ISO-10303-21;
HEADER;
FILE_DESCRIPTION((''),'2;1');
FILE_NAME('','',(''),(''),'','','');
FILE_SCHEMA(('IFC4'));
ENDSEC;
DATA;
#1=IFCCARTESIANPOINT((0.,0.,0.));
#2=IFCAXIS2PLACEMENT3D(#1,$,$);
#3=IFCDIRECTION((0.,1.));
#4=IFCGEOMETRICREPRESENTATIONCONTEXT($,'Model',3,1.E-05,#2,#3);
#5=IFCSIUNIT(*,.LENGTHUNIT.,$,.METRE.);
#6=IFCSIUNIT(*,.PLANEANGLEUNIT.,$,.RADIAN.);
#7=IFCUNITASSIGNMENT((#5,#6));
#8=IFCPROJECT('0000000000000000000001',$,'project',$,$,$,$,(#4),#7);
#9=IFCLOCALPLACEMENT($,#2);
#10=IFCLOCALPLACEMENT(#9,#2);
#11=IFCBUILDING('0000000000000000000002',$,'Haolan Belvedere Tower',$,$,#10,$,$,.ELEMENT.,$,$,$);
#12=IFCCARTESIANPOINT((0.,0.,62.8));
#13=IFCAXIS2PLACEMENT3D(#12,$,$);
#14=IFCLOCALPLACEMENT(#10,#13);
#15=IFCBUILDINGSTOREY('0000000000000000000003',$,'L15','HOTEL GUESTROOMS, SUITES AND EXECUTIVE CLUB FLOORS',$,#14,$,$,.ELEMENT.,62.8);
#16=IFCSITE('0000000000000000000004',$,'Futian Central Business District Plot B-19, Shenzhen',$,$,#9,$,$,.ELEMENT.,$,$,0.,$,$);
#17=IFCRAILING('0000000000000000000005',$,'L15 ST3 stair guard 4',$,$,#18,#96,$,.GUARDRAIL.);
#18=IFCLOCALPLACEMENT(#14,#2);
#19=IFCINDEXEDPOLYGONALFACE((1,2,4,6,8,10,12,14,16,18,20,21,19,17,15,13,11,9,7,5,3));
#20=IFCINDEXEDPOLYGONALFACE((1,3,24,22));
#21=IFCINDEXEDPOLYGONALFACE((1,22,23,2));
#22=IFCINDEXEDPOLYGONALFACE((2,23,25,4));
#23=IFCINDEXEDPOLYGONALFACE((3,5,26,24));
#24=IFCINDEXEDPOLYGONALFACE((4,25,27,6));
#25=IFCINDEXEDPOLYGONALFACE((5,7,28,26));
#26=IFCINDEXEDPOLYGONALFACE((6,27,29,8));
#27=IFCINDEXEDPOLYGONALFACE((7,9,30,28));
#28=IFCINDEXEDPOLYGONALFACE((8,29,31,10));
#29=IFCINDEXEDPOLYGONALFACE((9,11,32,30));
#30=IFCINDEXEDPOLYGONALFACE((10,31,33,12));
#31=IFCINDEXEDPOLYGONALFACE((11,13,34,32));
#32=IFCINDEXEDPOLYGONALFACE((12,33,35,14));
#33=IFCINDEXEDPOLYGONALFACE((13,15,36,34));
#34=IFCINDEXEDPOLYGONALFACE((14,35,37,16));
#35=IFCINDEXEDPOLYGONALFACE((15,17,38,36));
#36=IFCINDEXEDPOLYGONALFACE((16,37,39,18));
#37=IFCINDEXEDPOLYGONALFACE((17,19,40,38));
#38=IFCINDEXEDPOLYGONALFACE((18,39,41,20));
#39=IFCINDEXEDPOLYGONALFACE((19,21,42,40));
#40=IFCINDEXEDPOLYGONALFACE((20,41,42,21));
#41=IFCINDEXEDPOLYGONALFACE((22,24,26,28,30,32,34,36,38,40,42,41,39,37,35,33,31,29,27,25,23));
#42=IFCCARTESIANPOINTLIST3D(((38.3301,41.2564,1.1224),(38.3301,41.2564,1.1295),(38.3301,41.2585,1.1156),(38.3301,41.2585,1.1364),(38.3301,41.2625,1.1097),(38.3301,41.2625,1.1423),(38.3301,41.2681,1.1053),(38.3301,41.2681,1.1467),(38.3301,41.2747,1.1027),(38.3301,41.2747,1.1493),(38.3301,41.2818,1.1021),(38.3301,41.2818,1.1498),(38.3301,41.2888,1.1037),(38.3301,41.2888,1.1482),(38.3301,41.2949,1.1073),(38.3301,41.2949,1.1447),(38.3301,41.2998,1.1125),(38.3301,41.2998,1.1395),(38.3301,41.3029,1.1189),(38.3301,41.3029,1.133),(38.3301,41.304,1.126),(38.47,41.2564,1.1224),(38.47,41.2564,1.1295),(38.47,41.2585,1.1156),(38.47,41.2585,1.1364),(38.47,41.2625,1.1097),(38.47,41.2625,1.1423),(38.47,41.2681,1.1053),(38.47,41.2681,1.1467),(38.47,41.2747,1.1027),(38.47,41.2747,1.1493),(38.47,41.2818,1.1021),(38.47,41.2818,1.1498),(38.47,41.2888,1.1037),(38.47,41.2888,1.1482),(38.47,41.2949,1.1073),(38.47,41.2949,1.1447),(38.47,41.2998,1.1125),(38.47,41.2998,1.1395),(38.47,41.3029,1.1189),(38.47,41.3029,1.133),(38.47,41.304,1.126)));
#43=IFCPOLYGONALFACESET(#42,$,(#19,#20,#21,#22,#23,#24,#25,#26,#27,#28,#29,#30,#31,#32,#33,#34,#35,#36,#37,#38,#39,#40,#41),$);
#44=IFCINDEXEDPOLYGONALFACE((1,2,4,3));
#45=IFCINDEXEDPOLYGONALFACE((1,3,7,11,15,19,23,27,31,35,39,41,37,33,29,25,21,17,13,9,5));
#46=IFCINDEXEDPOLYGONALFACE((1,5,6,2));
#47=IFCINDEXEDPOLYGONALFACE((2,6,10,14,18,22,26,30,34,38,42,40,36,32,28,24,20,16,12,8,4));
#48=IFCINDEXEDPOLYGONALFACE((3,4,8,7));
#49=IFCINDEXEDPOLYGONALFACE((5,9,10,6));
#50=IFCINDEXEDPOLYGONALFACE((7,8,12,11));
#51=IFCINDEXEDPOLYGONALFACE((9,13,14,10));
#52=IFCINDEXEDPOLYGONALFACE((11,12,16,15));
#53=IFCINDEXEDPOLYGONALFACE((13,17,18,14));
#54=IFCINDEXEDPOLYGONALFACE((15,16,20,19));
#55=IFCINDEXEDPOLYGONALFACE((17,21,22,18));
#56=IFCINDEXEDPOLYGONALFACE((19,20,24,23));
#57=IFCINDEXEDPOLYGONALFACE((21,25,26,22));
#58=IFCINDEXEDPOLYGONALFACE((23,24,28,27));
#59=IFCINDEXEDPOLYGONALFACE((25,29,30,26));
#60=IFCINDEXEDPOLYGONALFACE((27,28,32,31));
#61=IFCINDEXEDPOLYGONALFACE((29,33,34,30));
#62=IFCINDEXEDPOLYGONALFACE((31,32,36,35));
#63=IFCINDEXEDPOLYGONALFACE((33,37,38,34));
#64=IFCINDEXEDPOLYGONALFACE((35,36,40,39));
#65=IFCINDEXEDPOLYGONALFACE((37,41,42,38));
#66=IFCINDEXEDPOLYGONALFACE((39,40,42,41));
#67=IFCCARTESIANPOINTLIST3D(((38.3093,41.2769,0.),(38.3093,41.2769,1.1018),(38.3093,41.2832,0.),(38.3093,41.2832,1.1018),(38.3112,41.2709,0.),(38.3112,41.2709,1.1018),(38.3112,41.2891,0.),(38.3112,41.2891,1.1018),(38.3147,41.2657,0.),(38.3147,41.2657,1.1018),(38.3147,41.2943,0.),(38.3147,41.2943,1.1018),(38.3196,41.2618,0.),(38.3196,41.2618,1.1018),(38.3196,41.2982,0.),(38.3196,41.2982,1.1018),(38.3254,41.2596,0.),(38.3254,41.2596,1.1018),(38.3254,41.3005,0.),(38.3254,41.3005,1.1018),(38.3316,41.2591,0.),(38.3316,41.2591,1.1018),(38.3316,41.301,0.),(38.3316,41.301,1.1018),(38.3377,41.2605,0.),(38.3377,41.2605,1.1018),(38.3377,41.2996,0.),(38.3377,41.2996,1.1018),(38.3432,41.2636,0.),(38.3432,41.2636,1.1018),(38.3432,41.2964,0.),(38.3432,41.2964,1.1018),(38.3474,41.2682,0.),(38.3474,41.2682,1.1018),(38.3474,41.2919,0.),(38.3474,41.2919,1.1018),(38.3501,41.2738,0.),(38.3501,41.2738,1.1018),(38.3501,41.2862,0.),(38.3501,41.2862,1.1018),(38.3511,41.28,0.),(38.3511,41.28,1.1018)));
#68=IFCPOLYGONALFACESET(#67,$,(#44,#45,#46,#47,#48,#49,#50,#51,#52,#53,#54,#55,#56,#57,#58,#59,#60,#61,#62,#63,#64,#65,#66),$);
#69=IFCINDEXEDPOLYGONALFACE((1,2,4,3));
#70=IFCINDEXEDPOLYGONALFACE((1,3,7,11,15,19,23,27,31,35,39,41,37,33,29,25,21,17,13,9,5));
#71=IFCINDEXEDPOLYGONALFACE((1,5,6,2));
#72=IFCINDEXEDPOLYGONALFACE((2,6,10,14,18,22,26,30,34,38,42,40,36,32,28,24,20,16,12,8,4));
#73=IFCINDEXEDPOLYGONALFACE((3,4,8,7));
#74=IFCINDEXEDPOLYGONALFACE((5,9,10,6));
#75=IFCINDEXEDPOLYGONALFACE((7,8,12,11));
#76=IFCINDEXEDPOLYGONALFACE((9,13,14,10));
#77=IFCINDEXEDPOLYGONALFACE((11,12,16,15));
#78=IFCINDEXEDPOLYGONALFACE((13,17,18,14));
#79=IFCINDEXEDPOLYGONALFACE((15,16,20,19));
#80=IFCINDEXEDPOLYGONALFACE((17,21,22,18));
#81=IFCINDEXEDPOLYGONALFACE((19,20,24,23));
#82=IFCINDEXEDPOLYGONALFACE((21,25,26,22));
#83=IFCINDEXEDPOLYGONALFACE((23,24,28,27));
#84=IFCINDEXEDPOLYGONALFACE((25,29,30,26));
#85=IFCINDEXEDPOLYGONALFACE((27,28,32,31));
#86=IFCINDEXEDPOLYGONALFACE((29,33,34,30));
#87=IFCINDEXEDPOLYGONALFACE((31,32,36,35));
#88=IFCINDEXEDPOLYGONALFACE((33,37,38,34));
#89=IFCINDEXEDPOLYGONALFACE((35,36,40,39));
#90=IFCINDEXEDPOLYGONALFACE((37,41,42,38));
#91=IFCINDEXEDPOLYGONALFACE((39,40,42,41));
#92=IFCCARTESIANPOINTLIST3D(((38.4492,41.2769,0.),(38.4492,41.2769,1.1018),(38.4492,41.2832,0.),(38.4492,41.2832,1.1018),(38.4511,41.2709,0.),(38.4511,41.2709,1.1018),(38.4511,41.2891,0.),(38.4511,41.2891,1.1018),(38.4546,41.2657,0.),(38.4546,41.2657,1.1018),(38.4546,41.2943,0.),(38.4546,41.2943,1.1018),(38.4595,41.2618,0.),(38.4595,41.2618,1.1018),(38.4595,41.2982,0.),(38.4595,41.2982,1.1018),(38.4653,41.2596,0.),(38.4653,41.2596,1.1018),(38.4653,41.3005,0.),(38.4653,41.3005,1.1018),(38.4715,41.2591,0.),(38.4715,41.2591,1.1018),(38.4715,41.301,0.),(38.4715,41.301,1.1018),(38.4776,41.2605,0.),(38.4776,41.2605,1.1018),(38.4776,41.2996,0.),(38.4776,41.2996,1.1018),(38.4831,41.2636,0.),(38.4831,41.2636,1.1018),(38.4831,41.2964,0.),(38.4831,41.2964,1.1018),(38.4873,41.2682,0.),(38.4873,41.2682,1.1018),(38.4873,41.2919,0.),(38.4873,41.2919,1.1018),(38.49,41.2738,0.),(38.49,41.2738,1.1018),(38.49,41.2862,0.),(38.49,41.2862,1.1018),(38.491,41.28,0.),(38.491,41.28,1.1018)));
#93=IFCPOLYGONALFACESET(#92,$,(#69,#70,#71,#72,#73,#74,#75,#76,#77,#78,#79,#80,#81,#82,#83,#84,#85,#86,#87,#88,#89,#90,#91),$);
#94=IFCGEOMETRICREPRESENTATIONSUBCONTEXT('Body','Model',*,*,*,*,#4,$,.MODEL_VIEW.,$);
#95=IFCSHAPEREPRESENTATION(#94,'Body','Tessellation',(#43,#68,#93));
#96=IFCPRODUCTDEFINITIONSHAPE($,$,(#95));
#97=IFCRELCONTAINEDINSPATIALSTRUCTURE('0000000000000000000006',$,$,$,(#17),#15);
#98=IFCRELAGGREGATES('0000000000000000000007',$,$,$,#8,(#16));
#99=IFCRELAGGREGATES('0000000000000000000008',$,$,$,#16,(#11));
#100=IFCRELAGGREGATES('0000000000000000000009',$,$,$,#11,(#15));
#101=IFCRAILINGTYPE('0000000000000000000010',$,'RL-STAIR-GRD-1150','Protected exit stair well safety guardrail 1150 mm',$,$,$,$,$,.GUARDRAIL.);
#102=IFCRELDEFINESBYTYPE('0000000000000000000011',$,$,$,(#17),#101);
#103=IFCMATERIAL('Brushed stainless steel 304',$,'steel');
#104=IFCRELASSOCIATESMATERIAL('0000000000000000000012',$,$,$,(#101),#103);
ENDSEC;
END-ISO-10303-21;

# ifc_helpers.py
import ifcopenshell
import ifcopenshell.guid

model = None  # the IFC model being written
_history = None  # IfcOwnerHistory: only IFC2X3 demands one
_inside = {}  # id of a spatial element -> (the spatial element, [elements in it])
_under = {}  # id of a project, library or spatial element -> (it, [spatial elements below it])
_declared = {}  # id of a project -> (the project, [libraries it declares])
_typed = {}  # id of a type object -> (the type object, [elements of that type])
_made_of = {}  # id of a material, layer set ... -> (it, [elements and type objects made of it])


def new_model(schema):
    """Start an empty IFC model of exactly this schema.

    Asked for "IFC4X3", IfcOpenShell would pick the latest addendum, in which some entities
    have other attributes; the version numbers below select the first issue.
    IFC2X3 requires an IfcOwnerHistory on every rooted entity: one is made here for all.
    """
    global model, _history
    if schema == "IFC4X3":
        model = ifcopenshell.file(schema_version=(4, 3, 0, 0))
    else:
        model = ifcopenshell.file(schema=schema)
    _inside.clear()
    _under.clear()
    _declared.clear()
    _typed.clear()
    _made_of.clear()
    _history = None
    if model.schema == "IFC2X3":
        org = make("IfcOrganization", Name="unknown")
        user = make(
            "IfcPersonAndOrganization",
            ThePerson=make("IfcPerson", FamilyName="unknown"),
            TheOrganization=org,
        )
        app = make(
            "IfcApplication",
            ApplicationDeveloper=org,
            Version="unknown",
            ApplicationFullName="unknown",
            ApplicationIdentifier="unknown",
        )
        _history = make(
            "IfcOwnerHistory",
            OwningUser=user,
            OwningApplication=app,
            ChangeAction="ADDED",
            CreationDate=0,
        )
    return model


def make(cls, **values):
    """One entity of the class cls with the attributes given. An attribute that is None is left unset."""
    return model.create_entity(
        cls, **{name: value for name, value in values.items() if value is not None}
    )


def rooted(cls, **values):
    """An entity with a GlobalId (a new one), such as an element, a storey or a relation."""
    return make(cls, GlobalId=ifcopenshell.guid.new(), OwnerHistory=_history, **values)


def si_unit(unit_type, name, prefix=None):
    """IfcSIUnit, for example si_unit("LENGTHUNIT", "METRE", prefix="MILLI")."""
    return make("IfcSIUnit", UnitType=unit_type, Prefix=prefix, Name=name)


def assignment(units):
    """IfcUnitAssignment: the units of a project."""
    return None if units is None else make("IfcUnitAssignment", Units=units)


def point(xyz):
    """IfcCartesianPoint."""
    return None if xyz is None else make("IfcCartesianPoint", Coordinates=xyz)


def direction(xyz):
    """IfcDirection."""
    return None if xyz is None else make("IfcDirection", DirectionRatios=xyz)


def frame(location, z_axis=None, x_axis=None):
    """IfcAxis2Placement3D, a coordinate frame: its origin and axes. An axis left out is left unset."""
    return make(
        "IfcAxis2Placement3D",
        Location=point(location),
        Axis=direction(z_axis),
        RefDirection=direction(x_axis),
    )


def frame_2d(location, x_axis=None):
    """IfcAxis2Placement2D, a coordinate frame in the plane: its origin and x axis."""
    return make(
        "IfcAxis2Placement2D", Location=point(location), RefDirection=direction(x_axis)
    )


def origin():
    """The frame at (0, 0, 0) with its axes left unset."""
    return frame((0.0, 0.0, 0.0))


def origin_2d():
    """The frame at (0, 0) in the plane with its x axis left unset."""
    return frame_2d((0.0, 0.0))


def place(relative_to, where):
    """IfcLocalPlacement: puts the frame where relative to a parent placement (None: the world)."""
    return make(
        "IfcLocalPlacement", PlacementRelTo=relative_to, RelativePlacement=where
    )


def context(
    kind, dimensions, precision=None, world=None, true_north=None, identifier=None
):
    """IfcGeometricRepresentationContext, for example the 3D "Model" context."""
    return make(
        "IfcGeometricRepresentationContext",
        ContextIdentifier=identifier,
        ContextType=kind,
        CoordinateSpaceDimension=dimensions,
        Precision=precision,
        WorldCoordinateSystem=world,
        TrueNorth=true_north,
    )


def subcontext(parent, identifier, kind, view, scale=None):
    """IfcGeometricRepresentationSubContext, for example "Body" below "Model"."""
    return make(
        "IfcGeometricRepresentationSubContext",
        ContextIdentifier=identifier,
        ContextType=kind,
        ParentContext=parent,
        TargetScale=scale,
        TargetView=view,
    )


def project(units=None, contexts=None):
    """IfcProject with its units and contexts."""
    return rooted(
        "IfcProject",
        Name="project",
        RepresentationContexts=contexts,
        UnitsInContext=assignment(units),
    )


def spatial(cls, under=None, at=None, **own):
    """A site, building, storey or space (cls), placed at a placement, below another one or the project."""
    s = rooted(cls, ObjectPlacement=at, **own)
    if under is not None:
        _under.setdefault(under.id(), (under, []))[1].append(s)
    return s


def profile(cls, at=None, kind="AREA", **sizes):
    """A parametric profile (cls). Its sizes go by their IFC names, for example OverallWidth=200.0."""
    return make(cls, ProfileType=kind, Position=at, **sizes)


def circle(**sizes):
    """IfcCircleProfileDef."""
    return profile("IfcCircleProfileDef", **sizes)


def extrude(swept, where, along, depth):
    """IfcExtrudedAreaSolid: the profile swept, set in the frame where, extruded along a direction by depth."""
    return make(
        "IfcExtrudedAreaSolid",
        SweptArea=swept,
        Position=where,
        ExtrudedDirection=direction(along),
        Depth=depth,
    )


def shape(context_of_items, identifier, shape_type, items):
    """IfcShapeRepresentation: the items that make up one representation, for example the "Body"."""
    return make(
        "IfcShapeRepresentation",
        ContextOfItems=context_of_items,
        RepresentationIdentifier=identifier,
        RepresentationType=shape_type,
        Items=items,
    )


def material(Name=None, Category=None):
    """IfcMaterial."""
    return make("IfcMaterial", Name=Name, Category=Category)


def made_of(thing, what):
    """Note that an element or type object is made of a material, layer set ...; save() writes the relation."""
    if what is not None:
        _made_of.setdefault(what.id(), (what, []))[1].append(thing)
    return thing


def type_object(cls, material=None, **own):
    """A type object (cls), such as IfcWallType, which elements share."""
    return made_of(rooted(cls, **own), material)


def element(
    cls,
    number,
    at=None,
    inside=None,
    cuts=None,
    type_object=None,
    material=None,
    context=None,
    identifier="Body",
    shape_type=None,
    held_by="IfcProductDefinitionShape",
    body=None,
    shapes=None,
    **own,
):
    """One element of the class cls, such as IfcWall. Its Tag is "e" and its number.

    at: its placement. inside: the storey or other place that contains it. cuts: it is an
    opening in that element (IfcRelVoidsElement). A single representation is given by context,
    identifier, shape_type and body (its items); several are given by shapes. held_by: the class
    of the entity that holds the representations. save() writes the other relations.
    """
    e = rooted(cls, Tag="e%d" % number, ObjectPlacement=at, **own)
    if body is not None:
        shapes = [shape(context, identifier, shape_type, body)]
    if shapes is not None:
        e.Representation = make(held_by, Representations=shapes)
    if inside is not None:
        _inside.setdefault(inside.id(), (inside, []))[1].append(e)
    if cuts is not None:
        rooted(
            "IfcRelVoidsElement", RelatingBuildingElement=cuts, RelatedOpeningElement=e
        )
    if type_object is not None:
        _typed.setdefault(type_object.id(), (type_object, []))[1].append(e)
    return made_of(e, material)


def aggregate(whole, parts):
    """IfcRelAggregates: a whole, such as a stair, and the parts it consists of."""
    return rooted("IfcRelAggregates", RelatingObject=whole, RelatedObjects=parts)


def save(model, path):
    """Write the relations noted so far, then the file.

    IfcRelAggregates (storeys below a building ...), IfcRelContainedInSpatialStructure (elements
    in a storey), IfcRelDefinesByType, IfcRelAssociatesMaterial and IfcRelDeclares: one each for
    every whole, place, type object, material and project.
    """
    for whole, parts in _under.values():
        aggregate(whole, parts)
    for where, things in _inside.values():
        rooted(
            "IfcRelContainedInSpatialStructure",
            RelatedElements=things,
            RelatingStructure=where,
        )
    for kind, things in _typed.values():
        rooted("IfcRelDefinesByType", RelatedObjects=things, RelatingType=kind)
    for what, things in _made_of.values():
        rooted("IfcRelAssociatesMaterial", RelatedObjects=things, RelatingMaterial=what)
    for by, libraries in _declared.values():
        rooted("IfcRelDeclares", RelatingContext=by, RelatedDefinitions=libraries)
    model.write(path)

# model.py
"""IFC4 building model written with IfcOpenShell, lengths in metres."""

from ifc_helpers import new_model, si_unit, direction, frame, origin, origin_2d, place, context, subcontext, project, spatial, circle, extrude, material, type_object, element, save


model = new_model("IFC4")

# Units and contexts
model_context = context("Model", 3, precision=1e-05, world=origin(), true_north=direction((0.0, 1.0)))
body_context = subcontext(model_context, "Body", "Model", "MODEL_VIEW")
ifc_project = project(units=[si_unit("LENGTHUNIT", "METRE"), si_unit("PLANEANGLEUNIT", "RADIAN")], contexts=[model_context])

# Site, building, storey
site_placement = place(None, origin())
site = spatial("IfcSite", under=ifc_project, at=site_placement, Name="Futian Central Business District Plot B-19, Shenzhen", CompositionType="ELEMENT", RefElevation=0.0)
building_placement = place(site_placement, origin())
building = spatial("IfcBuilding", under=site, at=building_placement, Name="Haolan Belvedere Tower", CompositionType="ELEMENT")
storey_placement = place(building_placement, frame((0.0, 0.0, 62.8)))
storey = spatial("IfcBuildingStorey", under=building, at=storey_placement, Name="L15", Description="HOTEL GUESTROOMS, SUITES AND EXECUTIVE CLUB FLOORS", CompositionType="ELEMENT", Elevation=62.8)

# Railing
ifc_material_1 = material(Name="Brushed stainless steel 304", Category="steel")
railing_type_1 = type_object("IfcRailingType", Name="RL-STAIR-GRD-1150", Description="Protected exit stair well safety guardrail 1150 mm", PredefinedType="GUARDRAIL", material=ifc_material_1)
railing_1_placement = place(storey_placement, frame((38.3301, 41.28, 0.0)))
element("IfcRailing", 1, at=railing_1_placement, inside=storey, type_object=railing_type_1, Name="L15 ST3 stair guard 4", PredefinedType="GUARDRAIL", context=body_context, shape_type="SweptSolid", body=[
    extrude(circle(Radius=0.0239, at=origin_2d()), frame((0.0, 0.0, 1.126), z_axis=(1.0, 0.0, 0.0), x_axis=(0.0, 1.0, 0.0)), (0.0, 0.0, 1.0), 0.1399),
    extrude(circle(Radius=0.021, at=origin_2d()), origin(), (0.0, 0.0, 1.0), 1.1018),
    extrude(circle(Radius=0.021, at=origin_2d()), frame((0.1399, 0.0, 0.0)), (0.0, 0.0, 1.0), 1.1018),
])

save(model, "model.ifc")
